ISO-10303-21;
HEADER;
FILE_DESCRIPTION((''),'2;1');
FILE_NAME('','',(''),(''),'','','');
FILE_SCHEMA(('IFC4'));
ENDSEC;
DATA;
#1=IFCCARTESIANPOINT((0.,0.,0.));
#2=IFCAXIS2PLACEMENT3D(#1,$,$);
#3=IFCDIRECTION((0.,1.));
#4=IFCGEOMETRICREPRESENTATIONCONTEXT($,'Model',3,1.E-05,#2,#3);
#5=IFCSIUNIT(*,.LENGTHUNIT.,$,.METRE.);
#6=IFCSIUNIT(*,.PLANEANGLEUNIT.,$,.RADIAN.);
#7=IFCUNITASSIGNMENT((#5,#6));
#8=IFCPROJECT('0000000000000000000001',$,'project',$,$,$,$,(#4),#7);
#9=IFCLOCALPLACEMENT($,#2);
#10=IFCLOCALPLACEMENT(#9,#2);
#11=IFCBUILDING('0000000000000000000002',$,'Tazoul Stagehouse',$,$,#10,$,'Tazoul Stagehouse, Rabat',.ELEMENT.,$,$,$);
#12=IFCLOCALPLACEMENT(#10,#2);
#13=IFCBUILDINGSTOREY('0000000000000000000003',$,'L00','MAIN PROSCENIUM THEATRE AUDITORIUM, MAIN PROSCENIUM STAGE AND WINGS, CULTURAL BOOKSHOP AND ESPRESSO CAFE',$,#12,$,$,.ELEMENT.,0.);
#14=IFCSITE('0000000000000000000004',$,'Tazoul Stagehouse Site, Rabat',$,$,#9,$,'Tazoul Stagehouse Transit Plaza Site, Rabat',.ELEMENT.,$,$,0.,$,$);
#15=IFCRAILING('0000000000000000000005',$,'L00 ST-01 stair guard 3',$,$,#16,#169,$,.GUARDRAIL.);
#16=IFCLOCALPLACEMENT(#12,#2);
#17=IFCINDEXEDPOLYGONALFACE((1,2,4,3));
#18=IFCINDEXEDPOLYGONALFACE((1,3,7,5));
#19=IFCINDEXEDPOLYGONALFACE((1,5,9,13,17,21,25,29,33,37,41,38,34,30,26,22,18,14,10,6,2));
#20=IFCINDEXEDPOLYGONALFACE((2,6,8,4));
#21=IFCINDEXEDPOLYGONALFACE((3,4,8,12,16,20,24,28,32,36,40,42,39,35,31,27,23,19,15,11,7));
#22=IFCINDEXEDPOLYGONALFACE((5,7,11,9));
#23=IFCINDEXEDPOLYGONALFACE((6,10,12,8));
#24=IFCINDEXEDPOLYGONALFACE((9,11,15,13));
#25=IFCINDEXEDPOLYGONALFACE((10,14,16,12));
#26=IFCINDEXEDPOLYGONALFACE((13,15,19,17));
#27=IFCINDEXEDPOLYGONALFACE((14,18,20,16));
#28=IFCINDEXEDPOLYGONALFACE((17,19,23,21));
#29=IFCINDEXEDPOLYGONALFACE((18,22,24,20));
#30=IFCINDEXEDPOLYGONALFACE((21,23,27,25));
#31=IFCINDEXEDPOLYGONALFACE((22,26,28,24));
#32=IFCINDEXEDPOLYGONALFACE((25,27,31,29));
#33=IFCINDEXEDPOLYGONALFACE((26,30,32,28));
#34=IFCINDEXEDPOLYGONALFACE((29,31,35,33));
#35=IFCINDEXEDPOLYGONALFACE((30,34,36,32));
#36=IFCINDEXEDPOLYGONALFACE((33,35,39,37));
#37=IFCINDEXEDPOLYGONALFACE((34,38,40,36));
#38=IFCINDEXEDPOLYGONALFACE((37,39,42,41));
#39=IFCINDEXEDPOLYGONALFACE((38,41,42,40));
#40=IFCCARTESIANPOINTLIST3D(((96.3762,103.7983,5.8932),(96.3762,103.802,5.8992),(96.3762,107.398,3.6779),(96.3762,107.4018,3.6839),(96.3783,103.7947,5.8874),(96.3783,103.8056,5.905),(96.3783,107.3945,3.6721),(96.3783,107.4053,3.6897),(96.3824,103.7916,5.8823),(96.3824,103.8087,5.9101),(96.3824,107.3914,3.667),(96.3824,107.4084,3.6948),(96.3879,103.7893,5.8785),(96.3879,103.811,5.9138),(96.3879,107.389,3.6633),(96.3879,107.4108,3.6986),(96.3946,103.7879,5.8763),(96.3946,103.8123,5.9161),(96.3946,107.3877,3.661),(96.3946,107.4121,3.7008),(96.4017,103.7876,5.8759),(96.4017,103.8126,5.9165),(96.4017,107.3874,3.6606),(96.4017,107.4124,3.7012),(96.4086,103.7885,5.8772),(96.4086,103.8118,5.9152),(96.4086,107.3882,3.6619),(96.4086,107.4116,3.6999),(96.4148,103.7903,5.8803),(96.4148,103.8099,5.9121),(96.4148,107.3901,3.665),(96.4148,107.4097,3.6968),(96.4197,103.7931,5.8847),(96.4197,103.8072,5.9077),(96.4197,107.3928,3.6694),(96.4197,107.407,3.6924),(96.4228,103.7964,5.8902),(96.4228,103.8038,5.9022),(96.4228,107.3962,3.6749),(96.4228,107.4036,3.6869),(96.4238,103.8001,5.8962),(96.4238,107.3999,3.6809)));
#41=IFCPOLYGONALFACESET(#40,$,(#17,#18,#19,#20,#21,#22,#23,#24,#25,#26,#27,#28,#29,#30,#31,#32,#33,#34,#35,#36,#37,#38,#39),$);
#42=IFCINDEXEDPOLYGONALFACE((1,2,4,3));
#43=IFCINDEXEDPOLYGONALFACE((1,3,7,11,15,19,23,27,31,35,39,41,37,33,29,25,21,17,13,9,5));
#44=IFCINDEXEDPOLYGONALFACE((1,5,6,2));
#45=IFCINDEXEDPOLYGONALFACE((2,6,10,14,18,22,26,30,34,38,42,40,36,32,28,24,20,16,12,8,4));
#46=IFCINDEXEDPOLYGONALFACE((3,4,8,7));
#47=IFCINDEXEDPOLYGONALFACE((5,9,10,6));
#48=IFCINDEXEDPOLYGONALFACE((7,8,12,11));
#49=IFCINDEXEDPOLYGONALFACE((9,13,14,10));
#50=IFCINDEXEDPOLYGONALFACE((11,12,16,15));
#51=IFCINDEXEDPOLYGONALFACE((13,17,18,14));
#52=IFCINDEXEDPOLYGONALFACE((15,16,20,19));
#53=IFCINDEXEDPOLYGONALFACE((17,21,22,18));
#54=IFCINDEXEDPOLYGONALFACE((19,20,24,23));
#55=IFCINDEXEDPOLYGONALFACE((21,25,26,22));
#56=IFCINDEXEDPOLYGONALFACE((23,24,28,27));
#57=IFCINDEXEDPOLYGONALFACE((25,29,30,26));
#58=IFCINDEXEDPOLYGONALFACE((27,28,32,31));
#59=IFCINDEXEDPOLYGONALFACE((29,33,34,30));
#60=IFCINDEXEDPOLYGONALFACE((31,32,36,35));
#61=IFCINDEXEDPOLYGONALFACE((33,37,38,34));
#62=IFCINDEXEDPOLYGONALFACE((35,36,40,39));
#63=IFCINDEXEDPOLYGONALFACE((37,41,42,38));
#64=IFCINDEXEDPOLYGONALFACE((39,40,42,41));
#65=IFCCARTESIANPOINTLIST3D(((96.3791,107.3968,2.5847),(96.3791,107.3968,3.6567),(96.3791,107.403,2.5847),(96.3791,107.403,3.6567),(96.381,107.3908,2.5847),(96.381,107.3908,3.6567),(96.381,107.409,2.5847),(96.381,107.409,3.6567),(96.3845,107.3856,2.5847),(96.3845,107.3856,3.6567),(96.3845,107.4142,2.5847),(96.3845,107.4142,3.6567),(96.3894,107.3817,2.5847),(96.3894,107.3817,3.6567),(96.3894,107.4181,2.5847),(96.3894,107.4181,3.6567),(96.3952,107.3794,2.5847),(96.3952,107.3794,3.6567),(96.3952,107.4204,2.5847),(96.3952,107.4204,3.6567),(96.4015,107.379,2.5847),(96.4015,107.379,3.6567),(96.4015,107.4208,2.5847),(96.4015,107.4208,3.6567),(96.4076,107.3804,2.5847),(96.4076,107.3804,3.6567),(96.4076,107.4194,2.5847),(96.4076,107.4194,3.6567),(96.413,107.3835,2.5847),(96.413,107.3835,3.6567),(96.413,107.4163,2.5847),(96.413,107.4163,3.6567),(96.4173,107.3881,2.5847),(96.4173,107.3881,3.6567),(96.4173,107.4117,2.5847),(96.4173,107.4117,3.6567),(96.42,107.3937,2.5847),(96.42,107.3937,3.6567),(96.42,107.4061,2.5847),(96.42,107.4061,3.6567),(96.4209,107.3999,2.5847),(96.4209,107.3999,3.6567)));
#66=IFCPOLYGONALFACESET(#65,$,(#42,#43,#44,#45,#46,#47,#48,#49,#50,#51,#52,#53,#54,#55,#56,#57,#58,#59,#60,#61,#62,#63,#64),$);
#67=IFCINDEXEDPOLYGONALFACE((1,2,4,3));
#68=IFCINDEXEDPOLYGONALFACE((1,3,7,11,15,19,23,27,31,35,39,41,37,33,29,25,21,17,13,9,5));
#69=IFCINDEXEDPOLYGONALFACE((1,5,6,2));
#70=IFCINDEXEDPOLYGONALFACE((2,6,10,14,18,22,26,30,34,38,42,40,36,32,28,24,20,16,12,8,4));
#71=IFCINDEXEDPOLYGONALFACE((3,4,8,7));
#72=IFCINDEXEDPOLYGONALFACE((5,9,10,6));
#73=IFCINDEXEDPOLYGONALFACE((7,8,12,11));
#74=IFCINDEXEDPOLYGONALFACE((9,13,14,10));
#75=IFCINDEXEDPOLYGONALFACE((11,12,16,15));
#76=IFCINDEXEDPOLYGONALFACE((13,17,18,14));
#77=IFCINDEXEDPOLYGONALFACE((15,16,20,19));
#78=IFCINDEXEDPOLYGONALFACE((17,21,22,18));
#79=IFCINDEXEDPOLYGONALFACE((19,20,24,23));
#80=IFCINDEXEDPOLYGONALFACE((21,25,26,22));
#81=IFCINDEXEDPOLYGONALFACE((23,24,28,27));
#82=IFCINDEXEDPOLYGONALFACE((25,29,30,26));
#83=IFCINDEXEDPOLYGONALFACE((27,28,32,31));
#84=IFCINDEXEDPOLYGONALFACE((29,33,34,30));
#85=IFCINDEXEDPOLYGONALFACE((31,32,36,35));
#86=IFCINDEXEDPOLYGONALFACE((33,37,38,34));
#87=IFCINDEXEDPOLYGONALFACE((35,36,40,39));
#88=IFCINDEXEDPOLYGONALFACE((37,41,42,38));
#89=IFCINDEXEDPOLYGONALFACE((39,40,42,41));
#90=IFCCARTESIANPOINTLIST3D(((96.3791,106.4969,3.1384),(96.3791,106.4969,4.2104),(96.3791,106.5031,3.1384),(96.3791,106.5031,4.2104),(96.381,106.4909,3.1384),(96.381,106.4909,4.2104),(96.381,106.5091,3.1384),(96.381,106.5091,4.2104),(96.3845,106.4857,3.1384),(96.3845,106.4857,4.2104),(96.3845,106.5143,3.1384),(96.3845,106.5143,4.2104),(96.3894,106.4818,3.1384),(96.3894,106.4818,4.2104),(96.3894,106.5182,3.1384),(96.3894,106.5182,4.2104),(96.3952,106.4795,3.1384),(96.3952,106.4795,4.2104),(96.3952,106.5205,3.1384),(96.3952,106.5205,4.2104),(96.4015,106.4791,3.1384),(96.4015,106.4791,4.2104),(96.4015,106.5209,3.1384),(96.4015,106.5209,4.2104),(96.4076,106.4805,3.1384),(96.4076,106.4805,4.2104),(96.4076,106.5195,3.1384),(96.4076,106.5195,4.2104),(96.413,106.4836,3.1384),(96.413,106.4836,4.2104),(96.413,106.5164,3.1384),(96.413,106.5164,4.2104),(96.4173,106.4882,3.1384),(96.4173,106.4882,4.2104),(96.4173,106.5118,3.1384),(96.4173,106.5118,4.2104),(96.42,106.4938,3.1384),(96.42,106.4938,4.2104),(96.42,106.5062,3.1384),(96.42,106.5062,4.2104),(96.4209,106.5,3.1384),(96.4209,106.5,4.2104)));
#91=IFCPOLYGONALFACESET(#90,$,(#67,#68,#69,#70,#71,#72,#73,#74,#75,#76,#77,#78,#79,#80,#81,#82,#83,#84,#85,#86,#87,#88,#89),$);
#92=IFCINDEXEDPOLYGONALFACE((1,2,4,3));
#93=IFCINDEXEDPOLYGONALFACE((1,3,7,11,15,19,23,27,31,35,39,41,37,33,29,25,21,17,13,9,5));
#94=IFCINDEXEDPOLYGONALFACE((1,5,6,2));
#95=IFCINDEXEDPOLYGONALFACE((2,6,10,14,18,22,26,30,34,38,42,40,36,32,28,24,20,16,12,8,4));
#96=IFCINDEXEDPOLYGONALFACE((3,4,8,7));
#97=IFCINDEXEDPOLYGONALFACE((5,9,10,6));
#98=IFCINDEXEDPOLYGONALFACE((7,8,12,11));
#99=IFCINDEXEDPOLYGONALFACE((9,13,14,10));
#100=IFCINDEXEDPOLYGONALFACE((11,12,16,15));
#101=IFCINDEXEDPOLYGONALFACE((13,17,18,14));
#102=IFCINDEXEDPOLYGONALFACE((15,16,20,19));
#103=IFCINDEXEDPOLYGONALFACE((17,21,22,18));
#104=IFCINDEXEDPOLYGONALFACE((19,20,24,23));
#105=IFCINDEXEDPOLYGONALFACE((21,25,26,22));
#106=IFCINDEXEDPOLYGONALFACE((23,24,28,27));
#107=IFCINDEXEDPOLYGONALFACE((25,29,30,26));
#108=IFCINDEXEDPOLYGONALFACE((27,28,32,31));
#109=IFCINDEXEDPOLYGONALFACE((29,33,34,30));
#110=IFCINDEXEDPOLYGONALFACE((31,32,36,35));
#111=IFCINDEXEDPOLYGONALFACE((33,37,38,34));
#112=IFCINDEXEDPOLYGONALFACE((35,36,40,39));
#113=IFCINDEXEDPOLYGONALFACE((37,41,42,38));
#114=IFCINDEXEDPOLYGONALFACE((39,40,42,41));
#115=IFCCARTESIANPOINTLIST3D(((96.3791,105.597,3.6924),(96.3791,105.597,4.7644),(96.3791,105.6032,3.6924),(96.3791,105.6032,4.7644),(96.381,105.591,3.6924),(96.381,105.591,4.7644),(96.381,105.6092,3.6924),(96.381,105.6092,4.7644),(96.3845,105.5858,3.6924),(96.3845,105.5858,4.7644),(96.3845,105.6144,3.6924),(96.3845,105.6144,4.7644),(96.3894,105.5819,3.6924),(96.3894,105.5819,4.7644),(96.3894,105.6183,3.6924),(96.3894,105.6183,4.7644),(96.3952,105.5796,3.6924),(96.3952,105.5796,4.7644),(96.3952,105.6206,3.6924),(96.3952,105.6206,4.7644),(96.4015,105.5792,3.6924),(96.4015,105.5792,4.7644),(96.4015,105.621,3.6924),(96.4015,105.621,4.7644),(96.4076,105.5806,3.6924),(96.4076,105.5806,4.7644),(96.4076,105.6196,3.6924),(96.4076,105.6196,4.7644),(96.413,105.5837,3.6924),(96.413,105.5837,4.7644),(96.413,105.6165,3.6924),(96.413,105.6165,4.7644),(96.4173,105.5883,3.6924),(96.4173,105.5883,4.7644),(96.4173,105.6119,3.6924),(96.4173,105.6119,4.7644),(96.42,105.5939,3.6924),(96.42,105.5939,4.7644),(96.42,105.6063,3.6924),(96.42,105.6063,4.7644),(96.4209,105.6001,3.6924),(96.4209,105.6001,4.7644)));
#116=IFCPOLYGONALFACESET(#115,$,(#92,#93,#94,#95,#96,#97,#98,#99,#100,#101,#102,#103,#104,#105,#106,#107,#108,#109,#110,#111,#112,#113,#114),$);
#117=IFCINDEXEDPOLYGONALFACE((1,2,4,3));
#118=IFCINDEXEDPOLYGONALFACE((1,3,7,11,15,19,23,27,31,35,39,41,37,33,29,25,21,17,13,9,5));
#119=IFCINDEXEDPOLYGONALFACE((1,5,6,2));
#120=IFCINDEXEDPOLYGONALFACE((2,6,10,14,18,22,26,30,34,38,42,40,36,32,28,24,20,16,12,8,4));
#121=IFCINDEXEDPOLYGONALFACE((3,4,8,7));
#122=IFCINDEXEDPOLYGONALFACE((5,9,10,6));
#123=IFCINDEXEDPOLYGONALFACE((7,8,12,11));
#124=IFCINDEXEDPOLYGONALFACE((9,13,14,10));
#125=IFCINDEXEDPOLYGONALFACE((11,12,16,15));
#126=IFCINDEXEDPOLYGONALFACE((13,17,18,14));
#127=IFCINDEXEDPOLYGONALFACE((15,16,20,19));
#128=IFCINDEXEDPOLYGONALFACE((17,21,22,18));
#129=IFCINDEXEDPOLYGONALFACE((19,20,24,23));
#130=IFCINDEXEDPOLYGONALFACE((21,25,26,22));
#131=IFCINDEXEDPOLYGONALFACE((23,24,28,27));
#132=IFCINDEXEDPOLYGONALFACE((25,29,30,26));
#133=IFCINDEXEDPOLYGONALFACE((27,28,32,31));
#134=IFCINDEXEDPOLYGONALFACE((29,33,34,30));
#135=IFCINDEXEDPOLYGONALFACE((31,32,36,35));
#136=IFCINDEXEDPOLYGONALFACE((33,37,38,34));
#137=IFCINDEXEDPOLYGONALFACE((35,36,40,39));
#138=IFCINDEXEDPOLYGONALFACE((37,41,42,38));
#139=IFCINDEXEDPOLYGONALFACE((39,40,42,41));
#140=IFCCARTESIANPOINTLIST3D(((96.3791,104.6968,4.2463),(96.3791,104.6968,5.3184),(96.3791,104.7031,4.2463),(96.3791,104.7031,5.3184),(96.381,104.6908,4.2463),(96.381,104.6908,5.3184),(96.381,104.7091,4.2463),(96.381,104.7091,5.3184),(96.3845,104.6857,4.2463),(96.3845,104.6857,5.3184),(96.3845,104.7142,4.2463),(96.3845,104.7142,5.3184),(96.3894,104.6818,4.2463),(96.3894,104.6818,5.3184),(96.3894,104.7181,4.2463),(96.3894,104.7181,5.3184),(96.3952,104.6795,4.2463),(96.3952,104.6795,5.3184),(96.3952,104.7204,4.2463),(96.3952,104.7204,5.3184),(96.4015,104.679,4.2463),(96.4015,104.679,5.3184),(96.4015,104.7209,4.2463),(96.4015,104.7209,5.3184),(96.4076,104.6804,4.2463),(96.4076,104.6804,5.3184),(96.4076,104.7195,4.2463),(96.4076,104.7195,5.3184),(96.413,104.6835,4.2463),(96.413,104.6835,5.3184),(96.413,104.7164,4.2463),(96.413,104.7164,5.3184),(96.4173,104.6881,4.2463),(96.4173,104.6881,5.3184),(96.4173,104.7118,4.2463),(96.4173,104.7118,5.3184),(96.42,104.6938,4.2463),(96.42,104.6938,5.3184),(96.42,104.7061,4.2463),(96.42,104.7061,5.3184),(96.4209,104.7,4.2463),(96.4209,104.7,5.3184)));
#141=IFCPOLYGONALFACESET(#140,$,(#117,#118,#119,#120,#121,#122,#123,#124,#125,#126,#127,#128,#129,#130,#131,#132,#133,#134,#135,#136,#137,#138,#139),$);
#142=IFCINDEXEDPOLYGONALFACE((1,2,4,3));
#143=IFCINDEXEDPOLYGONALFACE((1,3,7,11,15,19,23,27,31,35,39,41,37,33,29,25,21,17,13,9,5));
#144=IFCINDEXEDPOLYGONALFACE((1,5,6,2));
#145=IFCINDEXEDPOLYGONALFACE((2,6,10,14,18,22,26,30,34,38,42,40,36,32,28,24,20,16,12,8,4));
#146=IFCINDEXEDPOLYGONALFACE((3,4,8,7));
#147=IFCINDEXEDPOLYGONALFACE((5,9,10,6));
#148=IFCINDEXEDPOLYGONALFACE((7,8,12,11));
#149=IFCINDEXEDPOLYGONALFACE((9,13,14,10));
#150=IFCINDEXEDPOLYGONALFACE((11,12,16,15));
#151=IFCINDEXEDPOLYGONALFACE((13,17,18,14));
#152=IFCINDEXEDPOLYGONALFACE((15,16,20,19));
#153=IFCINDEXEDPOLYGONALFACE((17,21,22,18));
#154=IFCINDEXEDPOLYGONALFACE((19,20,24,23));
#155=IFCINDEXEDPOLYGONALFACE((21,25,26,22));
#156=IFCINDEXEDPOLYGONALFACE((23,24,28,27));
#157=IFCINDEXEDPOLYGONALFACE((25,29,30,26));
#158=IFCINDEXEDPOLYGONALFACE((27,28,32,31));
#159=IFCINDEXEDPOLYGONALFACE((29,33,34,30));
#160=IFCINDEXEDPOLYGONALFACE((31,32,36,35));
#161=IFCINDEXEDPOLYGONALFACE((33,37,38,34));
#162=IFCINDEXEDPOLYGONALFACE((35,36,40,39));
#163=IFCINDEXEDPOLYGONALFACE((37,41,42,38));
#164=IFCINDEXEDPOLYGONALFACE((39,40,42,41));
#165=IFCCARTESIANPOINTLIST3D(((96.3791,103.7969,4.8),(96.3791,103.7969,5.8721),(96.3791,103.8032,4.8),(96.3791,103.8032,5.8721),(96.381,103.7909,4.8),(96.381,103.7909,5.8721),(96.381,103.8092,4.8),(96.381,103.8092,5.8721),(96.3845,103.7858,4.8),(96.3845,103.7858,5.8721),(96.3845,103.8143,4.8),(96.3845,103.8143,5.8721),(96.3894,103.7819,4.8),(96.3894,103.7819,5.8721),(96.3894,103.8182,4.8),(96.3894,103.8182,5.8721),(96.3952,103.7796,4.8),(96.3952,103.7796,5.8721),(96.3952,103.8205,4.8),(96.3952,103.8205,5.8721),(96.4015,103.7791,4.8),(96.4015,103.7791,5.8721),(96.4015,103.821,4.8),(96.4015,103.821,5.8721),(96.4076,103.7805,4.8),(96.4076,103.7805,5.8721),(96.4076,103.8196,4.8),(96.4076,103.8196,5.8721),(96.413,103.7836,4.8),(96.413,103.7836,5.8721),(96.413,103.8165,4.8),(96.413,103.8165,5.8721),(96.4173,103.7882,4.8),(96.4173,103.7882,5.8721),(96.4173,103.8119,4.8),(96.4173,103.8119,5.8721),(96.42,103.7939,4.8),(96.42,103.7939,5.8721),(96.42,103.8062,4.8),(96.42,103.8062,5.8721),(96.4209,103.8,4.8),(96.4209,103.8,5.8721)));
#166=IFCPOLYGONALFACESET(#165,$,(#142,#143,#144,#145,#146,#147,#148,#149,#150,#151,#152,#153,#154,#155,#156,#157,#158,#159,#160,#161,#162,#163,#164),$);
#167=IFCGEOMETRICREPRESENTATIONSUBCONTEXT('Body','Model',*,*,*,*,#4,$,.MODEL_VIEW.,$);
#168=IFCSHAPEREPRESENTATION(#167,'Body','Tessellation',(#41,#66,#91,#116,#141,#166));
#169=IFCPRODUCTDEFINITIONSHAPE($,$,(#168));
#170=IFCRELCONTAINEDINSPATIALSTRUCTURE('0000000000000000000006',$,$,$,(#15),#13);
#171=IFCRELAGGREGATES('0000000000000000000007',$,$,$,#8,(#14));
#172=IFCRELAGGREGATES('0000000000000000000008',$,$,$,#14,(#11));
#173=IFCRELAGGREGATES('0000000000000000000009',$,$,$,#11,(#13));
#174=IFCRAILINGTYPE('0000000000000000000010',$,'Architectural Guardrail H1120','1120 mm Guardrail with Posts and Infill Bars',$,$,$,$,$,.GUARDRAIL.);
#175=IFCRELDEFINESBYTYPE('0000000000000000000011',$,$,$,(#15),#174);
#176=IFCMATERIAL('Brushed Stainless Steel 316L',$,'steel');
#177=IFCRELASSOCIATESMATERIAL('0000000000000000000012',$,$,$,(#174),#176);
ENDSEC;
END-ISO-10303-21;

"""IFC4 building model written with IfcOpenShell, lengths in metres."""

from ifc_helpers import new_model, si_unit, direction, frame, origin, origin_2d, place, context, subcontext, project, spatial, circle, extrude, material, material_profile, profile_set, type_object, element, save


model = new_model("IFC4")

# Units and contexts
model_context = context("Model", 3, precision=1e-05, world=origin(), true_north=direction((0.0, 1.0)))
body_context = subcontext(model_context, "Body", "Model", "MODEL_VIEW")
ifc_project = project(units=[si_unit("LENGTHUNIT", "METRE"), si_unit("PLANEANGLEUNIT", "RADIAN")], contexts=[model_context])

# Site, building, storey
site_placement = place(None, origin())
site = spatial("IfcSite", under=ifc_project, at=site_placement, Name="Tazoul Stagehouse Site, Rabat", LongName="Tazoul Stagehouse Transit Plaza Site, Rabat", CompositionType="ELEMENT", RefElevation=0.0)
building_placement = place(site_placement, origin())
building = spatial("IfcBuilding", under=site, at=building_placement, Name="Tazoul Stagehouse", LongName="Tazoul Stagehouse, Rabat", CompositionType="ELEMENT")
storey_placement = place(building_placement, origin())
storey = spatial("IfcBuildingStorey", under=building, at=storey_placement, Name="L00", Description="MAIN PROSCENIUM THEATRE AUDITORIUM, MAIN PROSCENIUM STAGE AND WINGS, CULTURAL BOOKSHOP AND ESPRESSO CAFE", CompositionType="ELEMENT", Elevation=0.0)

# Railing
ifc_material_1 = material(Name="Brushed Stainless Steel 316L", Category="steel")
ifc_material_profile_1 = material_profile(ifc_material_1, circle(Radius=0.0239, at=origin_2d()), Name="SS RAIL D48")
ifc_profile_set_1 = profile_set([ifc_material_profile_1], Name="Brushed Stainless Steel 316L")
railing_type_1 = type_object("IfcRailingType", Name="Architectural Guardrail H1120", Description="1120 mm Guardrail with Posts and Infill Bars", PredefinedType="GUARDRAIL", material=ifc_profile_set_1)
railing_1_placement = place(storey_placement, frame((96.3999, 107.3999, 2.5847)))
element("IfcRailing", 1, at=railing_1_placement, inside=storey, type_object=railing_type_1, Name="L00 ST-01 stair guard 3", PredefinedType="GUARDRAIL", context=body_context, shape_type="SweptSolid", body=[
    extrude(circle(Radius=0.0239, at=origin_2d()), frame((0.0, 0.0, 1.0962), z_axis=(0.0, -0.851654, 0.524104), x_axis=(1.0, 0.0, 0.0)), (0.0, 0.0, 1.0), 4.2268),
    extrude(circle(Radius=0.021, at=origin_2d()), origin(), (0.0, 0.0, 1.0), 1.072),
    extrude(circle(Radius=0.021, at=origin_2d()), frame((0.0, -0.8999, 0.5537)), (0.0, 0.0, 1.0), 1.072),
    extrude(circle(Radius=0.021, at=origin_2d()), frame((0.0, -1.7998, 1.1077)), (0.0, 0.0, 1.0), 1.072),
    extrude(circle(Radius=0.021, at=origin_2d()), frame((0.0, -2.7, 1.6616)), (0.0, 0.0, 1.0), 1.072),
    extrude(circle(Radius=0.021, at=origin_2d()), frame((0.0, -3.5999, 2.2153)), (0.0, 0.0, 1.0), 1.072),
])

save(model, "model.ifc")
